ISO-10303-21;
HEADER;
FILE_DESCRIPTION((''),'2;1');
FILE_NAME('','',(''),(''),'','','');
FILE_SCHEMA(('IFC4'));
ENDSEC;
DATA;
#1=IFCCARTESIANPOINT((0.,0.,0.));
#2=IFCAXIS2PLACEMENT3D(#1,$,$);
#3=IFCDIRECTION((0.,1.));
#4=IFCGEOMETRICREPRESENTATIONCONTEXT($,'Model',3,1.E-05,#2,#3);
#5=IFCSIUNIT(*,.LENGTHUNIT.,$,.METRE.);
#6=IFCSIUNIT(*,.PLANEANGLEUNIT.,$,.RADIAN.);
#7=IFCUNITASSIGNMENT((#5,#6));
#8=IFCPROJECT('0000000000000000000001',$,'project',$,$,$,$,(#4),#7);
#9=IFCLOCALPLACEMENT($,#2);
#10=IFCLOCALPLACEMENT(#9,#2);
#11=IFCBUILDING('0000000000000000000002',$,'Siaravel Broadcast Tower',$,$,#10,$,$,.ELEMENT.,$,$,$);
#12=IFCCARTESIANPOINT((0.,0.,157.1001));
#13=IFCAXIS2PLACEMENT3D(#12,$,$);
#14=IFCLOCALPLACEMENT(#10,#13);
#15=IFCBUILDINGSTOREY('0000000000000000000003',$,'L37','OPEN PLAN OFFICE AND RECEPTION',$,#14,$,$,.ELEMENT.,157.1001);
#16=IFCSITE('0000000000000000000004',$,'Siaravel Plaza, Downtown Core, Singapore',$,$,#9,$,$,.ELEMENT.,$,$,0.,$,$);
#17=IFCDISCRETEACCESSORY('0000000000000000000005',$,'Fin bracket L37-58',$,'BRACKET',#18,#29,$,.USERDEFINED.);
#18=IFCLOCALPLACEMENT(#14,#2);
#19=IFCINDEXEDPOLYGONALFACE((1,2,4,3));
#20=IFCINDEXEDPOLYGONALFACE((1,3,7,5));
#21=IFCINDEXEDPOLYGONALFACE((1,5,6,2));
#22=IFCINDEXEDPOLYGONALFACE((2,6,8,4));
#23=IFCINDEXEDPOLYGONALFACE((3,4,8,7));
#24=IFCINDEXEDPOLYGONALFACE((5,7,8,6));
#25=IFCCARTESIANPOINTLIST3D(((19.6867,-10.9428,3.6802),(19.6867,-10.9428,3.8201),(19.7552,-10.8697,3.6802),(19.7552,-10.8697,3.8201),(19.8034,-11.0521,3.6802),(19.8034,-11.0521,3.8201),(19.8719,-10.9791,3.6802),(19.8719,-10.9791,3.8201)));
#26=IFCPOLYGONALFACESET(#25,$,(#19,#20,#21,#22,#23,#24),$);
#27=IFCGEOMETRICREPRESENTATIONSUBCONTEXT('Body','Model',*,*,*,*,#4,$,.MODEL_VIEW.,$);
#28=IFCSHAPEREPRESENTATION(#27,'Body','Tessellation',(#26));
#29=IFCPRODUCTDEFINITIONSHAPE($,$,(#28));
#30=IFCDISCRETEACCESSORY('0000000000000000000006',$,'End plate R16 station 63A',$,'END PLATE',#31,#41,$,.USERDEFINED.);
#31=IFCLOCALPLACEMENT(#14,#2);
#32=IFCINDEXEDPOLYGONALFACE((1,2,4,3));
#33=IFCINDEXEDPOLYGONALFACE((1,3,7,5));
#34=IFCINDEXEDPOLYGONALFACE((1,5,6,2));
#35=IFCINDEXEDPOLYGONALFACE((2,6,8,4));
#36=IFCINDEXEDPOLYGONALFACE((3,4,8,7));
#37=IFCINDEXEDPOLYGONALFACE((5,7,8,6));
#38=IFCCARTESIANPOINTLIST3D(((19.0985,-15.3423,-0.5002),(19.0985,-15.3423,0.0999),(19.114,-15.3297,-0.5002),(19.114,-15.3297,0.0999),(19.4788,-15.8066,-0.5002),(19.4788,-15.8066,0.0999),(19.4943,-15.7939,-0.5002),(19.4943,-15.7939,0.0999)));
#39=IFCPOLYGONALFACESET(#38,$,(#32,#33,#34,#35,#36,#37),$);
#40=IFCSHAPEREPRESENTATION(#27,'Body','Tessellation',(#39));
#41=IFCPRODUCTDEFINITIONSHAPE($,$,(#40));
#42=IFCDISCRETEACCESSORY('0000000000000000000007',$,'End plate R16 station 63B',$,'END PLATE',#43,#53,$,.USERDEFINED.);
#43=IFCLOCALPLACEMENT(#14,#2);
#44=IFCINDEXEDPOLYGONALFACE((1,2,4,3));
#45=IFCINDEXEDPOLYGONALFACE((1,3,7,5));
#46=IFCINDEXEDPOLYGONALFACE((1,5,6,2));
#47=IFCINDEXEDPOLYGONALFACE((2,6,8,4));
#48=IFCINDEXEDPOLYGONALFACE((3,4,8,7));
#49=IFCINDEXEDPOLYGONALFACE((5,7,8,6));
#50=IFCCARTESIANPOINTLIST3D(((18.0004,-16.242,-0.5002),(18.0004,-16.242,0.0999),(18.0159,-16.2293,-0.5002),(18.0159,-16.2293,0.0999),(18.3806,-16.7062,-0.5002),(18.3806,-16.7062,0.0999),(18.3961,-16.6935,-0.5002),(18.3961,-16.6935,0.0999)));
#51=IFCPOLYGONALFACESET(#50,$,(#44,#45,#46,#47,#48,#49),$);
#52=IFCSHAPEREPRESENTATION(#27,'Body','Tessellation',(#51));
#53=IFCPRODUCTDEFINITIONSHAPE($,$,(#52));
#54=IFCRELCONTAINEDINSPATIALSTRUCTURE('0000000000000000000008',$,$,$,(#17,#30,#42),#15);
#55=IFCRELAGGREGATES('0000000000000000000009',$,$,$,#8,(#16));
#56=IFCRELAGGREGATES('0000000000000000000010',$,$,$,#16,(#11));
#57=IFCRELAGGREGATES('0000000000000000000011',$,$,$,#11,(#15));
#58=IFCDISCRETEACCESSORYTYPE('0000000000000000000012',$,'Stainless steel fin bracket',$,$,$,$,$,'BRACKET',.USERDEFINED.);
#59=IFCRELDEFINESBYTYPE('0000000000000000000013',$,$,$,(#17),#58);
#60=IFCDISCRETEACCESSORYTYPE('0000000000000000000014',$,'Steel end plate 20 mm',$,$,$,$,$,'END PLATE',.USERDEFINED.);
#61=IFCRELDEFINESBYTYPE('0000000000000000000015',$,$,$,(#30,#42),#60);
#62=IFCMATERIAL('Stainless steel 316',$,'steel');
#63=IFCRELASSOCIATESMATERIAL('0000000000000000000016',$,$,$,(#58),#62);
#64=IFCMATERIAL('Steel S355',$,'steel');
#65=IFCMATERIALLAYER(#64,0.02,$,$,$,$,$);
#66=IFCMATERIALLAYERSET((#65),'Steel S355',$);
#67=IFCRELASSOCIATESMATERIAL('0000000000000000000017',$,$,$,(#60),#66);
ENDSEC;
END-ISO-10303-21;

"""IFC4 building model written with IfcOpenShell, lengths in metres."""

from ifc_helpers import new_model, si_unit, direction, frame, origin, origin_2d, place, context, subcontext, project, spatial, rectangle, extrude, material, layer, layer_set, type_object, element, save


model = new_model("IFC4")

# Units and contexts
model_context = context("Model", 3, precision=1e-05, world=origin(), true_north=direction((0.0, 1.0)))
body_context = subcontext(model_context, "Body", "Model", "MODEL_VIEW")
ifc_project = project(units=[si_unit("LENGTHUNIT", "METRE"), si_unit("PLANEANGLEUNIT", "RADIAN")], contexts=[model_context])

# Site, building, storey
site_placement = place(None, origin())
site = spatial("IfcSite", under=ifc_project, at=site_placement, Name="Siaravel Plaza, Downtown Core, Singapore", CompositionType="ELEMENT", RefElevation=0.0)
building_placement = place(site_placement, origin())
building = spatial("IfcBuilding", under=site, at=building_placement, Name="Siaravel Broadcast Tower", CompositionType="ELEMENT")
storey_placement = place(building_placement, frame((0.0, 0.0, 157.1001)))
storey = spatial("IfcBuildingStorey", under=building, at=storey_placement, Name="L37", Description="OPEN PLAN OFFICE AND RECEPTION", CompositionType="ELEMENT", Elevation=157.1001)

# Shared definitions
ifc_material_1 = material(Name="Steel S355", Category="steel")

# Discrete accessories
ifc_material_2 = material(Name="Stainless steel 316", Category="steel")
discrete_accessory_type_1 = type_object("IfcDiscreteAccessoryType", Name="Stainless steel fin bracket", ElementType="BRACKET", PredefinedType="USERDEFINED", material=ifc_material_2)
for number, where, z_axis, x_axis, name in (
    (1, (19.7793, -10.9609, 3.6802), (0.0, 0.0, 1.0), (0.729806, -0.683655, 0.0), "Fin bracket L37-58"),
):
    element("IfcDiscreteAccessory", number, at=place(storey_placement, frame(where, z_axis=z_axis, x_axis=x_axis)), inside=storey, type_object=discrete_accessory_type_1, Name=name, ObjectType="BRACKET", PredefinedType="USERDEFINED", context=body_context, shape_type="SweptSolid", body=[
        extrude(rectangle(XDim=0.1599, YDim=0.1001, at=origin_2d()), origin(), (0.0, 0.0, 1.0), 0.1399),
    ])
ifc_layer_1 = layer(ifc_material_1, 0.02)
ifc_layer_set_1 = layer_set([ifc_layer_1], Name="Steel S355")
discrete_accessory_type_2 = type_object("IfcDiscreteAccessoryType", Name="Steel end plate 20 mm", ElementType="END PLATE", PredefinedType="USERDEFINED", material=ifc_layer_set_1)
for number, where, z_axis, x_axis, name in (
    (2, (19.2964, -15.5681, -0.5002), (0.0, 0.0, 1.0), (0.773605, 0.633669, 0.0), "End plate R16 station 63A"),
    (3, (18.1982, -16.4678, -0.5002), (0.0, 0.0, 1.0), (0.773605, 0.633669, 0.0), "End plate R16 station 63B"),
):
    element("IfcDiscreteAccessory", number, at=place(storey_placement, frame(where, z_axis=z_axis, x_axis=x_axis)), inside=storey, type_object=discrete_accessory_type_2, Name=name, ObjectType="END PLATE", PredefinedType="USERDEFINED", context=body_context, shape_type="SweptSolid", body=[
        extrude(rectangle(XDim=0.02, YDim=0.6001, at=origin_2d()), origin(), (0.0, 0.0, 1.0), 0.6001),
    ])

save(model, "model.ifc")
